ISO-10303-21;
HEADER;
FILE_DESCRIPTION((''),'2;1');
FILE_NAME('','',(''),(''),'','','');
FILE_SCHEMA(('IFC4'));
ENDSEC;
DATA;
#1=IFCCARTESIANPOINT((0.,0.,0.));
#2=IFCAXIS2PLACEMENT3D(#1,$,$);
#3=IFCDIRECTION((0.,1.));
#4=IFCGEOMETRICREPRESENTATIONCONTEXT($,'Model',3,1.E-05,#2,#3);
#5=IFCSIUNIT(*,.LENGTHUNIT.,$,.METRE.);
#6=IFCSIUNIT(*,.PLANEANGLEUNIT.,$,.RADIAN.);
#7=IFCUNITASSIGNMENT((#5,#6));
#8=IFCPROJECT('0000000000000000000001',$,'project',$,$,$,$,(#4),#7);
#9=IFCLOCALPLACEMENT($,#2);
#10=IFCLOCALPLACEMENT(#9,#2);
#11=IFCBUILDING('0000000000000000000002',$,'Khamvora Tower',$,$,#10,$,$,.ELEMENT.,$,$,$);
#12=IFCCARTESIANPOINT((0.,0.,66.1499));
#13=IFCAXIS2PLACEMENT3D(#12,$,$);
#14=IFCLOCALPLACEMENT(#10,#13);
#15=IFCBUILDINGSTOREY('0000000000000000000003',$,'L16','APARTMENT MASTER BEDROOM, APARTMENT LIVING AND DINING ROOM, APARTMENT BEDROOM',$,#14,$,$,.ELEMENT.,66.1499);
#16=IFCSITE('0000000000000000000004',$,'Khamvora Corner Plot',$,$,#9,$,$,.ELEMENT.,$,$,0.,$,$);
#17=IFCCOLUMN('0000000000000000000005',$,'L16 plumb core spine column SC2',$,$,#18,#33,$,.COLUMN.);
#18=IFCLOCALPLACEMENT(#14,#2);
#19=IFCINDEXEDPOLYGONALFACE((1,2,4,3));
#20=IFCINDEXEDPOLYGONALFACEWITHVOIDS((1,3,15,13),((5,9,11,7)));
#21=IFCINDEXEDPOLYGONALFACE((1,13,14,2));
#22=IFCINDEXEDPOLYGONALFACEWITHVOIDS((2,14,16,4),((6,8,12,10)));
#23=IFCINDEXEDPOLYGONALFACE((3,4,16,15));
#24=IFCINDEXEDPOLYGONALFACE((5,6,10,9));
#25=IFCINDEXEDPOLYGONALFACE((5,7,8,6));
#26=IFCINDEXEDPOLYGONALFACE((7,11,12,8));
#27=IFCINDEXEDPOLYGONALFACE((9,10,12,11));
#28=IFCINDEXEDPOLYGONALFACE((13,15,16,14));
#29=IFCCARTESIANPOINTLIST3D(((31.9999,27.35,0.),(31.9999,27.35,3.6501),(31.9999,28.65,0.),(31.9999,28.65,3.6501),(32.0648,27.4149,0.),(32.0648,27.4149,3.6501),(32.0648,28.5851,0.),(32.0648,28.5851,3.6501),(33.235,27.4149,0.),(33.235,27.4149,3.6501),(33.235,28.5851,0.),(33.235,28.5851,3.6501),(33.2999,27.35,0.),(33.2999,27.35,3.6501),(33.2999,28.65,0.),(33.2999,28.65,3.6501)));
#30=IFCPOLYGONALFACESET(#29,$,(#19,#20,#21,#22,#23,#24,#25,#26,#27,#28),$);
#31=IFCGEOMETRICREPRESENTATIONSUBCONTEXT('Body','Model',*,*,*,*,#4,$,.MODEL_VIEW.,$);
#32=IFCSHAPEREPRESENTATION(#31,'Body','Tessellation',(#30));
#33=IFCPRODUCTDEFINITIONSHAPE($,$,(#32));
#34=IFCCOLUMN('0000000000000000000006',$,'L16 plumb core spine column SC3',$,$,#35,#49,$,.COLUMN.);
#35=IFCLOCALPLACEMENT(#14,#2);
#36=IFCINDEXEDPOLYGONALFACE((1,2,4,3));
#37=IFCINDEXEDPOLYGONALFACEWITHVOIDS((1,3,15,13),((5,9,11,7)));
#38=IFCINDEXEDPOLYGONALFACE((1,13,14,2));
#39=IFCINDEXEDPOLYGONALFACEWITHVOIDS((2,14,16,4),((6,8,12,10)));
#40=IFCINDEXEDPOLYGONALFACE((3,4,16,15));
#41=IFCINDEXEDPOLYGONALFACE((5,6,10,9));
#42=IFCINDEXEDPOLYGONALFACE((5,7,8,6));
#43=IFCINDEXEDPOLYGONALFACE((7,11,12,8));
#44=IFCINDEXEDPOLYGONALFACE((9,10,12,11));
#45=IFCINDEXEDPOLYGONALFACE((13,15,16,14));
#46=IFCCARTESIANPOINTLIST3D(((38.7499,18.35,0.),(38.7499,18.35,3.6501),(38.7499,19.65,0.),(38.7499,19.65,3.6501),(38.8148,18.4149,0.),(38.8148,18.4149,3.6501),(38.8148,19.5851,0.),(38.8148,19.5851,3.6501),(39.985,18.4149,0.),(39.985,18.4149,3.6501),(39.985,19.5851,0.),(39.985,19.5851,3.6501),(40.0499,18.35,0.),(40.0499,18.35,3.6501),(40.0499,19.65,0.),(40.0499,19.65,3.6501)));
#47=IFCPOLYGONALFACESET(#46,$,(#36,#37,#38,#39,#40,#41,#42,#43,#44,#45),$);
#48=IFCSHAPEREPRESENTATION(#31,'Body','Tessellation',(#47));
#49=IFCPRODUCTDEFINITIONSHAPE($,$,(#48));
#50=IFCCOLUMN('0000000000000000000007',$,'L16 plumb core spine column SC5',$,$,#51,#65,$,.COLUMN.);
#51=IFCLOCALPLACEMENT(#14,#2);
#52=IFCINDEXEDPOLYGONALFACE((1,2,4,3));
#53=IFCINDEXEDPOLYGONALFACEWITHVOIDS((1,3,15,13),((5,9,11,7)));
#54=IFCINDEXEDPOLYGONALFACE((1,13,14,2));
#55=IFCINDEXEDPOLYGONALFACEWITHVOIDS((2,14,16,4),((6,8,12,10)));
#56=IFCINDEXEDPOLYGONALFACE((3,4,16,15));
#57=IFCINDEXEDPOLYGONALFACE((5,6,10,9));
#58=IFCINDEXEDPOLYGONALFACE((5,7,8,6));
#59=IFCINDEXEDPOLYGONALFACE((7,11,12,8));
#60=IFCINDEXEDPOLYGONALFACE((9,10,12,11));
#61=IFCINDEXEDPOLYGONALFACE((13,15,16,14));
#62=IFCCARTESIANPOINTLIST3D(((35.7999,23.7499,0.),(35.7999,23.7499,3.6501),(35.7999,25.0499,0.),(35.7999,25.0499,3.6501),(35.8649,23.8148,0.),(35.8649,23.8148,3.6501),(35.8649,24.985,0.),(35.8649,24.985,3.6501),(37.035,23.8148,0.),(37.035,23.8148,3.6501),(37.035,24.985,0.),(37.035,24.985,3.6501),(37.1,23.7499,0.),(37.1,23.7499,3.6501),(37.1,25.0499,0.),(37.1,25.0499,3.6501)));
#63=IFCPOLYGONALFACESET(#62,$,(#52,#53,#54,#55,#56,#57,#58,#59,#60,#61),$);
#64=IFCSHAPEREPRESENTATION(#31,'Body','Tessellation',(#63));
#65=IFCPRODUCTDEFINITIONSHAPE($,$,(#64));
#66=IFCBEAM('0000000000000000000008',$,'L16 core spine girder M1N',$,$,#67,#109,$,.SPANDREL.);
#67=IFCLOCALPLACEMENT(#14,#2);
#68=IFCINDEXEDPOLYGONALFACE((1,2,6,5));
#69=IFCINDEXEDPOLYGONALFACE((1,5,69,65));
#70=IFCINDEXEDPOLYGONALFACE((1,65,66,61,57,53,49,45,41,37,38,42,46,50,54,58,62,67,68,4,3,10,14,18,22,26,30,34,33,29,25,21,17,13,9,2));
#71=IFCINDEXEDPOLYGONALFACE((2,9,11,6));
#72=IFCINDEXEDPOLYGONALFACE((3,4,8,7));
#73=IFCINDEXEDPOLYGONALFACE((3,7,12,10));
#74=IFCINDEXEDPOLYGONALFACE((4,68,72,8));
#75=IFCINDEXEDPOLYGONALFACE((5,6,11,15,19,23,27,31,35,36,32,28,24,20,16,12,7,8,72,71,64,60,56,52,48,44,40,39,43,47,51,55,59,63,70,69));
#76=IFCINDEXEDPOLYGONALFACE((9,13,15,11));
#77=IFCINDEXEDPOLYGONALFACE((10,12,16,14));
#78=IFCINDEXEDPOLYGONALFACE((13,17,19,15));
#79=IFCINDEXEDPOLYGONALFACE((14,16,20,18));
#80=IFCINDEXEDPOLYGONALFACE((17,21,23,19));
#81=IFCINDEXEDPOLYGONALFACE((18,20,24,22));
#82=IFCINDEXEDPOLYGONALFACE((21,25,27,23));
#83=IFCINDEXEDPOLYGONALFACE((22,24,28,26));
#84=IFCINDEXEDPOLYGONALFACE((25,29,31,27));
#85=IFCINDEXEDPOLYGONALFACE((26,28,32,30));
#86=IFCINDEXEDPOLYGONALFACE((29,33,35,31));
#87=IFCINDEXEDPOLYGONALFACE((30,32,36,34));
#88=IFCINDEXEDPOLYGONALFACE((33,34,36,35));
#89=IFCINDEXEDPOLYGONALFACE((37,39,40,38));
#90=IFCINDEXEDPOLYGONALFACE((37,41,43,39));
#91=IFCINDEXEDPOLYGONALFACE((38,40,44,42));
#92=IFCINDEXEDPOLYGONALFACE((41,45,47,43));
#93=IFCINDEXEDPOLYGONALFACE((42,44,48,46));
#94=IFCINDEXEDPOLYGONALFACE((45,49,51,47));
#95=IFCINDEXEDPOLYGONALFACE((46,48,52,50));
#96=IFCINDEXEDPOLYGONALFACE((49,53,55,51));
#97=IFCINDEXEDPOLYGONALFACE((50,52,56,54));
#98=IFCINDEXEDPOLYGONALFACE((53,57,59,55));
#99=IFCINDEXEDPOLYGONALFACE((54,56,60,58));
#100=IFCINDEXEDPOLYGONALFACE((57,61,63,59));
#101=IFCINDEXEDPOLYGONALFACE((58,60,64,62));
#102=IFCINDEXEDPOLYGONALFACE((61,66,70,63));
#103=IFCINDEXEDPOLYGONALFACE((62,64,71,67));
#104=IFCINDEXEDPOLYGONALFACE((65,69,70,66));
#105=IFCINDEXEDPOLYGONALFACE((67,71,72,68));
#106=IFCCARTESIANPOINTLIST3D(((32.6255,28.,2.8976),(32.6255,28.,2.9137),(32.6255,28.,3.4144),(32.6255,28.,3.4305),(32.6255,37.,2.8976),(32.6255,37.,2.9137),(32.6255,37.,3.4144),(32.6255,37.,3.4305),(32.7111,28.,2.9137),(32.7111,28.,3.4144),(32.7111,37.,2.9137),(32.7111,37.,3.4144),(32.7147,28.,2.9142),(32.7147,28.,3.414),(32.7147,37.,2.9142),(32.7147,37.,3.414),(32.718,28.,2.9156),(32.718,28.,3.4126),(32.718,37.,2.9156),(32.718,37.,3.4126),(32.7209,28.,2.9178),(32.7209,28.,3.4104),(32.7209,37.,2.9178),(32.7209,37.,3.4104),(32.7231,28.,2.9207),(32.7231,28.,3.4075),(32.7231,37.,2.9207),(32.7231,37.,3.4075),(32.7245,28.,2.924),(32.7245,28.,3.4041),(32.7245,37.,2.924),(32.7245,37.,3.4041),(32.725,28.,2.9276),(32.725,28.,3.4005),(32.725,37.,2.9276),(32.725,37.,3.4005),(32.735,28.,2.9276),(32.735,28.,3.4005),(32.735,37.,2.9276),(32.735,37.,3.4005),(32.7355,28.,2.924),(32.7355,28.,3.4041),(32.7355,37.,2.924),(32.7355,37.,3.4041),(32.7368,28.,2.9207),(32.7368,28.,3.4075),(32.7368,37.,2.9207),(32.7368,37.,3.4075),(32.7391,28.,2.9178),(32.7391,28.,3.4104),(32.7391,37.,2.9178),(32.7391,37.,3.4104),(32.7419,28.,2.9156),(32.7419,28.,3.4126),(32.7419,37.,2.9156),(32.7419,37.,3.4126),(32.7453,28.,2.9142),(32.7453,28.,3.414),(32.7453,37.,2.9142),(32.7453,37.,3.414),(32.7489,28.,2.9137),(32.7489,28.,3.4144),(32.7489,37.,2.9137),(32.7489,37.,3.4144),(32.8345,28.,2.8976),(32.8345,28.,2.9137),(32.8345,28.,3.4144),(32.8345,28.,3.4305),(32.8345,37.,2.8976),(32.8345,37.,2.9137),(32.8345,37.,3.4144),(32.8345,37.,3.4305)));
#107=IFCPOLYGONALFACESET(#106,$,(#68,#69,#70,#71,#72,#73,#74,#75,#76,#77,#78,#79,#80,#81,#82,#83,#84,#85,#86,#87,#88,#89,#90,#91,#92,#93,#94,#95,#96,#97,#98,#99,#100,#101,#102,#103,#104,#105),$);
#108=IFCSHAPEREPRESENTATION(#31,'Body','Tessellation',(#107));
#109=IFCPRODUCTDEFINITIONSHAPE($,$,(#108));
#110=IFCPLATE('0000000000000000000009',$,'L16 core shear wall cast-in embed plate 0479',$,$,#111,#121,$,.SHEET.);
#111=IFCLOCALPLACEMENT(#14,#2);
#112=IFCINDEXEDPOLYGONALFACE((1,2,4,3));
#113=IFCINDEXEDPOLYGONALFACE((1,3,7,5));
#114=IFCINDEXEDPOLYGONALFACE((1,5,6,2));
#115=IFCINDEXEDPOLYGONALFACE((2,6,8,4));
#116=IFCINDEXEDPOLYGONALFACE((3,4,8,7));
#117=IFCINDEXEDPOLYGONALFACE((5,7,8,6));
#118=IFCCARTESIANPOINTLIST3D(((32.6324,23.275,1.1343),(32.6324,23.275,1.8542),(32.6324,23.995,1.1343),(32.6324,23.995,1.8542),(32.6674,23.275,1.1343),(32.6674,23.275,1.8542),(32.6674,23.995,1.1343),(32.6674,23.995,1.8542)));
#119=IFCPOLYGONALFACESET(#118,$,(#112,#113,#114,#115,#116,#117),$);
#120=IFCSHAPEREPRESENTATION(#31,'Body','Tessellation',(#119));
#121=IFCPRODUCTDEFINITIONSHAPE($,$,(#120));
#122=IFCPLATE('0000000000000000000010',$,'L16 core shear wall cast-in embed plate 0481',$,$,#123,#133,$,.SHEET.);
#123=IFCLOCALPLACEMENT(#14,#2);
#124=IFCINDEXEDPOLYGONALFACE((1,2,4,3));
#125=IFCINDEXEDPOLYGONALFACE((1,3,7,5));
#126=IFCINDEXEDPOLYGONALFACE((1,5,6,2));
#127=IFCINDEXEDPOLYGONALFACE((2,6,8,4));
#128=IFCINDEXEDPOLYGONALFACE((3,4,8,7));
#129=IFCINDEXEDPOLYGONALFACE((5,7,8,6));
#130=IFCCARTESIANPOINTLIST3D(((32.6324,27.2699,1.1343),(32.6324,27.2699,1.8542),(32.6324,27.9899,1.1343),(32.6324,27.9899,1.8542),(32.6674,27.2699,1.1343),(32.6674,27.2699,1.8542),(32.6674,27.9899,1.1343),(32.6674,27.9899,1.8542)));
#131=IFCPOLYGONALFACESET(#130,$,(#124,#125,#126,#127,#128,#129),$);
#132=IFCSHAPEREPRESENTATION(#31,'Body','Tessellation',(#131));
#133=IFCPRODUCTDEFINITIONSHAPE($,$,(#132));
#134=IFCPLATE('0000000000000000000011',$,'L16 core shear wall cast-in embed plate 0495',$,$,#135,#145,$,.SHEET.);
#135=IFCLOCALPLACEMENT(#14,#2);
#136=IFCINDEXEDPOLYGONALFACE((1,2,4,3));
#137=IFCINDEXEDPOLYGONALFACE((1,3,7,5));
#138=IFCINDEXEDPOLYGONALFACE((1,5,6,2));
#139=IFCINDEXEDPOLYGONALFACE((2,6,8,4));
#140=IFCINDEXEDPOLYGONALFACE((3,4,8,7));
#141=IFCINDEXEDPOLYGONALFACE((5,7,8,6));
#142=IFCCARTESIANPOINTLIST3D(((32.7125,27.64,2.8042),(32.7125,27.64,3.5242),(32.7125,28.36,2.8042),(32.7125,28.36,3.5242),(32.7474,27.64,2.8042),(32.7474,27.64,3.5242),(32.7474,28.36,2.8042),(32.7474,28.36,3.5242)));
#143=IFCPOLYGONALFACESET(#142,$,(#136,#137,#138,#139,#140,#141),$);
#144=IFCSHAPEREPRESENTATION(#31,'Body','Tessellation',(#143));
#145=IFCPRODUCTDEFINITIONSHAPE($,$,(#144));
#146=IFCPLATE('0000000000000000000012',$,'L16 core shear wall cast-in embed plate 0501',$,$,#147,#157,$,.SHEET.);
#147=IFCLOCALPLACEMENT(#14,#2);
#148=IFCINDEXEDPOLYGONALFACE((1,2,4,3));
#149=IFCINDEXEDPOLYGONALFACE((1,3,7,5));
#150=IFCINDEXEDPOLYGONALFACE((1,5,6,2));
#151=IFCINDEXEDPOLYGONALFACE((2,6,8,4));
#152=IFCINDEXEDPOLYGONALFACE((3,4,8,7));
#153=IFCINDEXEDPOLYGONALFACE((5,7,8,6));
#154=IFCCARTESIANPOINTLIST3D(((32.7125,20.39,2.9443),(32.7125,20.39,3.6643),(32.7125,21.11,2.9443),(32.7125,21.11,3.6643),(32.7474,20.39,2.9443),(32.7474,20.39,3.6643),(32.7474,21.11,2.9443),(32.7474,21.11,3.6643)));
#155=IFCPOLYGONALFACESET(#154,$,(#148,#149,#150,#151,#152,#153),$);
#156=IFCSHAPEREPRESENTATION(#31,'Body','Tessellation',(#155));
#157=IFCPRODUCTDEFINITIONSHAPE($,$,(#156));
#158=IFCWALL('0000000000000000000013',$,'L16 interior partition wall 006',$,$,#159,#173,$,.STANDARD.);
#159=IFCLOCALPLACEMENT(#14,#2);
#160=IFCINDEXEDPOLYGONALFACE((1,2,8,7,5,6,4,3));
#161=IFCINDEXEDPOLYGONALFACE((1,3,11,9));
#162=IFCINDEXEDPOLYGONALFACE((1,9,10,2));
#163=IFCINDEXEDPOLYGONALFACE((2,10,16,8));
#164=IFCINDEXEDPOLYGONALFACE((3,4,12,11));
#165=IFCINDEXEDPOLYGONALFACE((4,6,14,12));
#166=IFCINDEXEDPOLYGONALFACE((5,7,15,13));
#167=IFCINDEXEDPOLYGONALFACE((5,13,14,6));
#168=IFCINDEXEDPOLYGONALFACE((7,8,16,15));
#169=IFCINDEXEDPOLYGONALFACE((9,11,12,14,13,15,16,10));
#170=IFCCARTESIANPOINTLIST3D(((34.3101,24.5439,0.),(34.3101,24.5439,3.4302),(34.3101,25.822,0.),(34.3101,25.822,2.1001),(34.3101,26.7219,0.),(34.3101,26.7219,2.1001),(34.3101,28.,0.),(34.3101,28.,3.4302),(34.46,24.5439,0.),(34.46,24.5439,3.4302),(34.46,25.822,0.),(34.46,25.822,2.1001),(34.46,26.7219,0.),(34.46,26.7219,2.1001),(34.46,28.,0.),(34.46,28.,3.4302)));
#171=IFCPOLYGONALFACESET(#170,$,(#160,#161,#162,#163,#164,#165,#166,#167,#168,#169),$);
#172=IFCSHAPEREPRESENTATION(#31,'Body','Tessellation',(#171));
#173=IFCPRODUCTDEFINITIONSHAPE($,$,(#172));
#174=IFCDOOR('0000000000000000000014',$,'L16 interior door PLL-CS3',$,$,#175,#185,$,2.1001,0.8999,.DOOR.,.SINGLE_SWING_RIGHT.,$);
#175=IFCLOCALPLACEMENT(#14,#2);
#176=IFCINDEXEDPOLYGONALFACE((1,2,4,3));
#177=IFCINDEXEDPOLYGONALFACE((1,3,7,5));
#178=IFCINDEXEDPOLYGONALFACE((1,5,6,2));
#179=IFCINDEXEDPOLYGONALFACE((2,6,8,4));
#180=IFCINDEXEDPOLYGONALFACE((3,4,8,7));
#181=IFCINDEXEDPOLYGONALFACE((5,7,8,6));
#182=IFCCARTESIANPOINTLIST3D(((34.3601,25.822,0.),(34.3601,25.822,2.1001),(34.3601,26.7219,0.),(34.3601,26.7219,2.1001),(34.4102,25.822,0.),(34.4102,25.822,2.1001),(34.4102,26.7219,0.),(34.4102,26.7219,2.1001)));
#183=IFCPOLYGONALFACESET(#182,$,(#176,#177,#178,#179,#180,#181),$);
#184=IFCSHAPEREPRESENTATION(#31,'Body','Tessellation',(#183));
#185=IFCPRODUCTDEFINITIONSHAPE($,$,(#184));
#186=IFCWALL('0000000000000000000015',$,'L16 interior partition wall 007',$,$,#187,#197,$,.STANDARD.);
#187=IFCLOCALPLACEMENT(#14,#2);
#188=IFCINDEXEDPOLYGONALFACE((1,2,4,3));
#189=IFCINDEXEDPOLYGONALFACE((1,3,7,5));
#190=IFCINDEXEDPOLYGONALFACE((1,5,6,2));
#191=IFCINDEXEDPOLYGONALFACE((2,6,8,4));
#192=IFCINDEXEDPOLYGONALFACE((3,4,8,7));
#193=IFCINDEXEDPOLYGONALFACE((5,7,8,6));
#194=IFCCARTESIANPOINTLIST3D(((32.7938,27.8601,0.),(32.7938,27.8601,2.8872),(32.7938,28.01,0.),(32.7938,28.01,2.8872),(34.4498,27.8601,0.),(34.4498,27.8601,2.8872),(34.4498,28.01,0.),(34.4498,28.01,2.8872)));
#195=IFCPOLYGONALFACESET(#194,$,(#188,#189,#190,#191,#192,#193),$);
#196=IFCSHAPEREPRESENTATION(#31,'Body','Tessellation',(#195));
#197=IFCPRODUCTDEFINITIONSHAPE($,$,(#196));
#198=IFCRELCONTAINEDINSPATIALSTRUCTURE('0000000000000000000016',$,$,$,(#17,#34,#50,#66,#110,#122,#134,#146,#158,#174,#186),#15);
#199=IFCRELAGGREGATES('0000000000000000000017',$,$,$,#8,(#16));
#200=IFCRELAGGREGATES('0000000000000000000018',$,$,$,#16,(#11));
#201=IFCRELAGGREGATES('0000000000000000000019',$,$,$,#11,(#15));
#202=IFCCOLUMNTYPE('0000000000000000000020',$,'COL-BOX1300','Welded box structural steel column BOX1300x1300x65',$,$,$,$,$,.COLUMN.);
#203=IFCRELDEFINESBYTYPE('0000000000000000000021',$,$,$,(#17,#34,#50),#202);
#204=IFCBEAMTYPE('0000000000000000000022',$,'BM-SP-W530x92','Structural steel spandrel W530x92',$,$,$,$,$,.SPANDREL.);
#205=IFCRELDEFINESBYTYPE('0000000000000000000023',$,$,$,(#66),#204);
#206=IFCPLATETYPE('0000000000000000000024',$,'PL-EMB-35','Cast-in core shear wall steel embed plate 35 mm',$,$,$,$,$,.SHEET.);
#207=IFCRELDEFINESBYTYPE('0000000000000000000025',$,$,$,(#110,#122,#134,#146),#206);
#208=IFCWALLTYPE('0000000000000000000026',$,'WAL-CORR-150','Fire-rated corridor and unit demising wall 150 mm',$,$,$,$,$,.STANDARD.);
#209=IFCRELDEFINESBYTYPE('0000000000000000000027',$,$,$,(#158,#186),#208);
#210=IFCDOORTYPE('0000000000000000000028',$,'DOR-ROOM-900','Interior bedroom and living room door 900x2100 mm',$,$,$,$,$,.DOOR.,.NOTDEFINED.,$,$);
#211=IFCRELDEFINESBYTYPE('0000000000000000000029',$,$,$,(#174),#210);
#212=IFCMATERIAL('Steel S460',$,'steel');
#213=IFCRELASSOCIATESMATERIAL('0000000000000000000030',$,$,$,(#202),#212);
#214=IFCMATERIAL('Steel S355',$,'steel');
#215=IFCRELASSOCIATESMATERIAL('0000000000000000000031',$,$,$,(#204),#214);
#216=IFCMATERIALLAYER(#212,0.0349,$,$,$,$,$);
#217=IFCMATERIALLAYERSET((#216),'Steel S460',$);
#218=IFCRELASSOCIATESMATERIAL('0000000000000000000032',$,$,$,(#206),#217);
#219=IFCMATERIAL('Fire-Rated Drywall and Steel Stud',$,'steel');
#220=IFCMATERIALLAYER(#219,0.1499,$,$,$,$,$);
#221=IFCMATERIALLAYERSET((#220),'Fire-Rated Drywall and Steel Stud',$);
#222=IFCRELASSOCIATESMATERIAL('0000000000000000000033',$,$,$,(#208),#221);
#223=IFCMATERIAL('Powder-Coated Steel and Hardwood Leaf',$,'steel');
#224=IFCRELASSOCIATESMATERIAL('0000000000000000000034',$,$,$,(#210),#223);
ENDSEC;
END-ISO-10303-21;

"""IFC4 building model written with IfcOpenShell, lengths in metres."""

from ifc_helpers import new_model, si_unit, direction, frame, frame_2d, origin, origin_2d, place, context, subcontext, project, spatial, rectangle, hollow_rectangle, i_section, extrude, material, layer, layer_set, material_profile, profile_set, type_object, element, fill, save


model = new_model("IFC4")

# Units and contexts
model_context = context("Model", 3, precision=1e-05, world=origin(), true_north=direction((0.0, 1.0)))
body_context = subcontext(model_context, "Body", "Model", "MODEL_VIEW")
ifc_project = project(units=[si_unit("LENGTHUNIT", "METRE"), si_unit("PLANEANGLEUNIT", "RADIAN")], contexts=[model_context])

# Site, building, storey
site_placement = place(None, origin())
site = spatial("IfcSite", under=ifc_project, at=site_placement, Name="Khamvora Corner Plot", CompositionType="ELEMENT", RefElevation=0.0)
building_placement = place(site_placement, origin())
building = spatial("IfcBuilding", under=site, at=building_placement, Name="Khamvora Tower", CompositionType="ELEMENT")
storey_placement = place(building_placement, frame((0.0, 0.0, 66.1499)))
storey = spatial("IfcBuildingStorey", under=building, at=storey_placement, Name="L16", Description="APARTMENT MASTER BEDROOM, APARTMENT LIVING AND DINING ROOM, APARTMENT BEDROOM", CompositionType="ELEMENT", Elevation=66.1499)

# Columns
ifc_material_1 = material(Name="Steel S460", Category="steel")
ifc_material_profile_1 = material_profile(ifc_material_1, hollow_rectangle(XDim=1.3, YDim=1.3, WallThickness=0.0649, at=origin_2d()), Name="BOX1300x1300x65")
ifc_profile_set_1 = profile_set([ifc_material_profile_1], Name="Steel S460")
column_type = type_object("IfcColumnType", Name="COL-BOX1300", Description="Welded box structural steel column BOX1300x1300x65", PredefinedType="COLUMN", material=ifc_profile_set_1)
for number, where, z_axis, x_axis, name in (
    (1, (32.6499, 28.0, 0.0), (0.0, 0.0, 1.0), (1.0, 0.0, 0.0), "L16 plumb core spine column SC2"),
    (2, (39.3999, 19.0, 0.0), (0.0, 0.0, 1.0), (1.0, 0.0, 0.0), "L16 plumb core spine column SC3"),
    (3, (36.45, 24.3999, 0.0), (0.0, 0.0, 1.0), (1.0, 0.0, 0.0), "L16 plumb core spine column SC5"),
):
    element("IfcColumn", number, at=place(storey_placement, frame(where, z_axis=z_axis, x_axis=x_axis)), inside=storey, type_object=column_type, Name=name, PredefinedType="COLUMN", context=body_context, shape_type="SweptSolid", body=[
        extrude(hollow_rectangle(XDim=1.3, YDim=1.3, WallThickness=0.0649, at=origin_2d()), origin(), (0.0, 0.0, 1.0), 3.6501),
    ])

# Beam
ifc_material_2 = material(Name="Steel S355", Category="steel")
ifc_material_profile_2 = material_profile(ifc_material_2, i_section(OverallWidth=0.209, OverallDepth=0.533, WebThickness=0.01, FlangeThickness=0.0161, FilletRadius=0.0139, at=origin_2d()), Name="W530x92")
ifc_profile_set_2 = profile_set([ifc_material_profile_2], Name="Steel S355")
beam_type = type_object("IfcBeamType", Name="BM-SP-W530x92", Description="Structural steel spandrel W530x92", PredefinedType="SPANDREL", material=ifc_profile_set_2)
beam_placement = place(storey_placement, frame((32.73, 28.0, 3.1641), z_axis=(0.0, 1.0, 0.0), x_axis=(-1.0, 0.0, 0.0)))
element("IfcBeam", 4, at=beam_placement, inside=storey, type_object=beam_type, Name="L16 core spine girder M1N", PredefinedType="SPANDREL", context=body_context, shape_type="SweptSolid", body=[
    extrude(i_section(OverallWidth=0.209, OverallDepth=0.533, WebThickness=0.01, FlangeThickness=0.0161, FilletRadius=0.0139, at=origin_2d()), origin(), (0.0, 0.0, 1.0), 9.0),
])

# Plates
ifc_layer_1 = layer(ifc_material_1, 0.0349)
ifc_layer_set_1 = layer_set([ifc_layer_1], Name="Steel S460")
plate_type = type_object("IfcPlateType", Name="PL-EMB-35", Description="Cast-in core shear wall steel embed plate 35 mm", PredefinedType="SHEET", material=ifc_layer_set_1)
for number, where, z_axis, x_axis, name in (
    (5, (32.6499, 23.635, 1.1343), (0.0, 0.0, 1.0), (1.0, 0.0, 0.0), "L16 core shear wall cast-in embed plate 0479"),
    (6, (32.6499, 27.6299, 1.1343), (0.0, 0.0, 1.0), (1.0, 0.0, 0.0), "L16 core shear wall cast-in embed plate 0481"),
    (7, (32.73, 28.0, 2.8042), (0.0, 0.0, 1.0), (1.0, 0.0, 0.0), "L16 core shear wall cast-in embed plate 0495"),
    (8, (32.73, 20.75, 2.9443), (0.0, 0.0, 1.0), (1.0, 0.0, 0.0), "L16 core shear wall cast-in embed plate 0501"),
):
    element("IfcPlate", number, at=place(storey_placement, frame(where, z_axis=z_axis, x_axis=x_axis)), inside=storey, type_object=plate_type, Name=name, PredefinedType="SHEET", context=body_context, shape_type="SweptSolid", body=[
        extrude(rectangle(XDim=0.0349, YDim=0.72, at=origin_2d()), origin(), (0.0, 0.0, 1.0), 0.72),
    ])

# Shared definitions
ifc_material_3 = material(Name="Powder-Coated Steel and Hardwood Leaf", Category="steel")

# Wall, opening, door
ifc_material_4 = material(Name="Fire-Rated Drywall and Steel Stud", Category="steel")
ifc_layer_2 = layer(ifc_material_4, 0.1499)
ifc_layer_set_2 = layer_set([ifc_layer_2], Name="Fire-Rated Drywall and Steel Stud")
wall_type_1 = type_object("IfcWallType", Name="WAL-CORR-150", Description="Fire-rated corridor and unit demising wall 150 mm", PredefinedType="STANDARD", material=ifc_layer_set_2)
wall_1_placement = place(storey_placement, frame((34.385, 24.5439, 0.0), z_axis=(0.0, 0.0, 1.0), x_axis=(0.0, 1.0, 0.0)))
wall_1 = element("IfcWall", 9, at=wall_1_placement, inside=storey, type_object=wall_type_1, Name="L16 interior partition wall 006", PredefinedType="STANDARD", context=body_context, shape_type="SweptSolid", body=[
    extrude(rectangle(XDim=3.4561, YDim=0.1499, at=frame_2d((1.728, 0.0))), origin(), (0.0, 0.0, 1.0), 3.4302),
])
opening_1_placement = place(wall_1_placement, frame((1.2781, 0.0, 0.0)))
opening_1 = element("IfcOpeningElement", 10, at=opening_1_placement, cuts=wall_1, PredefinedType="OPENING", context=body_context, shape_type="SweptSolid", body=[
    extrude(rectangle(XDim=0.8999, YDim=2.1001, at=frame_2d((0.45, 1.05))), frame((0.0, 0.085, 0.0), z_axis=(0.0, -1.0, 0.0), x_axis=(1.0, 0.0, 0.0)), (0.0, 0.0, 1.0), 0.1699),
])
door_type_1 = type_object("IfcDoorType", Name="DOR-ROOM-900", Description="Interior bedroom and living room door 900x2100 mm", OperationType="NOTDEFINED", PredefinedType="DOOR", material=ifc_material_3)
door_1_placement = place(opening_1_placement, origin())
door_1 = element("IfcDoor", 11, at=door_1_placement, inside=storey, type_object=door_type_1, Name="L16 interior door PLL-CS3", OperationType="SINGLE_SWING_RIGHT", OverallHeight=2.1001, OverallWidth=0.8999, PredefinedType="DOOR", context=body_context, shape_type="SweptSolid", body=[
    extrude(rectangle(XDim=0.8999, YDim=2.1001, at=frame_2d((0.45, 1.05))), frame((0.0, 0.0249, 0.0), z_axis=(0.0, -1.0, 0.0), x_axis=(1.0, 0.0, 0.0)), (0.0, 0.0, 1.0), 0.05),
])
fill(opening_1, door_1)

# Wall
wall_2_placement = place(storey_placement, frame((34.45, 27.9351, 0.0), z_axis=(0.0, 0.0, 1.0), x_axis=(-1.0, 0.0, 0.0)))
element("IfcWall", 12, at=wall_2_placement, inside=storey, type_object=wall_type_1, Name="L16 interior partition wall 007", PredefinedType="STANDARD", context=body_context, shape_type="SweptSolid", body=[
    extrude(rectangle(XDim=1.656, YDim=0.1499, at=frame_2d((0.8281, 0.0))), origin(), (0.0, 0.0, 1.0), 2.8872),
])

save(model, "model.ifc")
